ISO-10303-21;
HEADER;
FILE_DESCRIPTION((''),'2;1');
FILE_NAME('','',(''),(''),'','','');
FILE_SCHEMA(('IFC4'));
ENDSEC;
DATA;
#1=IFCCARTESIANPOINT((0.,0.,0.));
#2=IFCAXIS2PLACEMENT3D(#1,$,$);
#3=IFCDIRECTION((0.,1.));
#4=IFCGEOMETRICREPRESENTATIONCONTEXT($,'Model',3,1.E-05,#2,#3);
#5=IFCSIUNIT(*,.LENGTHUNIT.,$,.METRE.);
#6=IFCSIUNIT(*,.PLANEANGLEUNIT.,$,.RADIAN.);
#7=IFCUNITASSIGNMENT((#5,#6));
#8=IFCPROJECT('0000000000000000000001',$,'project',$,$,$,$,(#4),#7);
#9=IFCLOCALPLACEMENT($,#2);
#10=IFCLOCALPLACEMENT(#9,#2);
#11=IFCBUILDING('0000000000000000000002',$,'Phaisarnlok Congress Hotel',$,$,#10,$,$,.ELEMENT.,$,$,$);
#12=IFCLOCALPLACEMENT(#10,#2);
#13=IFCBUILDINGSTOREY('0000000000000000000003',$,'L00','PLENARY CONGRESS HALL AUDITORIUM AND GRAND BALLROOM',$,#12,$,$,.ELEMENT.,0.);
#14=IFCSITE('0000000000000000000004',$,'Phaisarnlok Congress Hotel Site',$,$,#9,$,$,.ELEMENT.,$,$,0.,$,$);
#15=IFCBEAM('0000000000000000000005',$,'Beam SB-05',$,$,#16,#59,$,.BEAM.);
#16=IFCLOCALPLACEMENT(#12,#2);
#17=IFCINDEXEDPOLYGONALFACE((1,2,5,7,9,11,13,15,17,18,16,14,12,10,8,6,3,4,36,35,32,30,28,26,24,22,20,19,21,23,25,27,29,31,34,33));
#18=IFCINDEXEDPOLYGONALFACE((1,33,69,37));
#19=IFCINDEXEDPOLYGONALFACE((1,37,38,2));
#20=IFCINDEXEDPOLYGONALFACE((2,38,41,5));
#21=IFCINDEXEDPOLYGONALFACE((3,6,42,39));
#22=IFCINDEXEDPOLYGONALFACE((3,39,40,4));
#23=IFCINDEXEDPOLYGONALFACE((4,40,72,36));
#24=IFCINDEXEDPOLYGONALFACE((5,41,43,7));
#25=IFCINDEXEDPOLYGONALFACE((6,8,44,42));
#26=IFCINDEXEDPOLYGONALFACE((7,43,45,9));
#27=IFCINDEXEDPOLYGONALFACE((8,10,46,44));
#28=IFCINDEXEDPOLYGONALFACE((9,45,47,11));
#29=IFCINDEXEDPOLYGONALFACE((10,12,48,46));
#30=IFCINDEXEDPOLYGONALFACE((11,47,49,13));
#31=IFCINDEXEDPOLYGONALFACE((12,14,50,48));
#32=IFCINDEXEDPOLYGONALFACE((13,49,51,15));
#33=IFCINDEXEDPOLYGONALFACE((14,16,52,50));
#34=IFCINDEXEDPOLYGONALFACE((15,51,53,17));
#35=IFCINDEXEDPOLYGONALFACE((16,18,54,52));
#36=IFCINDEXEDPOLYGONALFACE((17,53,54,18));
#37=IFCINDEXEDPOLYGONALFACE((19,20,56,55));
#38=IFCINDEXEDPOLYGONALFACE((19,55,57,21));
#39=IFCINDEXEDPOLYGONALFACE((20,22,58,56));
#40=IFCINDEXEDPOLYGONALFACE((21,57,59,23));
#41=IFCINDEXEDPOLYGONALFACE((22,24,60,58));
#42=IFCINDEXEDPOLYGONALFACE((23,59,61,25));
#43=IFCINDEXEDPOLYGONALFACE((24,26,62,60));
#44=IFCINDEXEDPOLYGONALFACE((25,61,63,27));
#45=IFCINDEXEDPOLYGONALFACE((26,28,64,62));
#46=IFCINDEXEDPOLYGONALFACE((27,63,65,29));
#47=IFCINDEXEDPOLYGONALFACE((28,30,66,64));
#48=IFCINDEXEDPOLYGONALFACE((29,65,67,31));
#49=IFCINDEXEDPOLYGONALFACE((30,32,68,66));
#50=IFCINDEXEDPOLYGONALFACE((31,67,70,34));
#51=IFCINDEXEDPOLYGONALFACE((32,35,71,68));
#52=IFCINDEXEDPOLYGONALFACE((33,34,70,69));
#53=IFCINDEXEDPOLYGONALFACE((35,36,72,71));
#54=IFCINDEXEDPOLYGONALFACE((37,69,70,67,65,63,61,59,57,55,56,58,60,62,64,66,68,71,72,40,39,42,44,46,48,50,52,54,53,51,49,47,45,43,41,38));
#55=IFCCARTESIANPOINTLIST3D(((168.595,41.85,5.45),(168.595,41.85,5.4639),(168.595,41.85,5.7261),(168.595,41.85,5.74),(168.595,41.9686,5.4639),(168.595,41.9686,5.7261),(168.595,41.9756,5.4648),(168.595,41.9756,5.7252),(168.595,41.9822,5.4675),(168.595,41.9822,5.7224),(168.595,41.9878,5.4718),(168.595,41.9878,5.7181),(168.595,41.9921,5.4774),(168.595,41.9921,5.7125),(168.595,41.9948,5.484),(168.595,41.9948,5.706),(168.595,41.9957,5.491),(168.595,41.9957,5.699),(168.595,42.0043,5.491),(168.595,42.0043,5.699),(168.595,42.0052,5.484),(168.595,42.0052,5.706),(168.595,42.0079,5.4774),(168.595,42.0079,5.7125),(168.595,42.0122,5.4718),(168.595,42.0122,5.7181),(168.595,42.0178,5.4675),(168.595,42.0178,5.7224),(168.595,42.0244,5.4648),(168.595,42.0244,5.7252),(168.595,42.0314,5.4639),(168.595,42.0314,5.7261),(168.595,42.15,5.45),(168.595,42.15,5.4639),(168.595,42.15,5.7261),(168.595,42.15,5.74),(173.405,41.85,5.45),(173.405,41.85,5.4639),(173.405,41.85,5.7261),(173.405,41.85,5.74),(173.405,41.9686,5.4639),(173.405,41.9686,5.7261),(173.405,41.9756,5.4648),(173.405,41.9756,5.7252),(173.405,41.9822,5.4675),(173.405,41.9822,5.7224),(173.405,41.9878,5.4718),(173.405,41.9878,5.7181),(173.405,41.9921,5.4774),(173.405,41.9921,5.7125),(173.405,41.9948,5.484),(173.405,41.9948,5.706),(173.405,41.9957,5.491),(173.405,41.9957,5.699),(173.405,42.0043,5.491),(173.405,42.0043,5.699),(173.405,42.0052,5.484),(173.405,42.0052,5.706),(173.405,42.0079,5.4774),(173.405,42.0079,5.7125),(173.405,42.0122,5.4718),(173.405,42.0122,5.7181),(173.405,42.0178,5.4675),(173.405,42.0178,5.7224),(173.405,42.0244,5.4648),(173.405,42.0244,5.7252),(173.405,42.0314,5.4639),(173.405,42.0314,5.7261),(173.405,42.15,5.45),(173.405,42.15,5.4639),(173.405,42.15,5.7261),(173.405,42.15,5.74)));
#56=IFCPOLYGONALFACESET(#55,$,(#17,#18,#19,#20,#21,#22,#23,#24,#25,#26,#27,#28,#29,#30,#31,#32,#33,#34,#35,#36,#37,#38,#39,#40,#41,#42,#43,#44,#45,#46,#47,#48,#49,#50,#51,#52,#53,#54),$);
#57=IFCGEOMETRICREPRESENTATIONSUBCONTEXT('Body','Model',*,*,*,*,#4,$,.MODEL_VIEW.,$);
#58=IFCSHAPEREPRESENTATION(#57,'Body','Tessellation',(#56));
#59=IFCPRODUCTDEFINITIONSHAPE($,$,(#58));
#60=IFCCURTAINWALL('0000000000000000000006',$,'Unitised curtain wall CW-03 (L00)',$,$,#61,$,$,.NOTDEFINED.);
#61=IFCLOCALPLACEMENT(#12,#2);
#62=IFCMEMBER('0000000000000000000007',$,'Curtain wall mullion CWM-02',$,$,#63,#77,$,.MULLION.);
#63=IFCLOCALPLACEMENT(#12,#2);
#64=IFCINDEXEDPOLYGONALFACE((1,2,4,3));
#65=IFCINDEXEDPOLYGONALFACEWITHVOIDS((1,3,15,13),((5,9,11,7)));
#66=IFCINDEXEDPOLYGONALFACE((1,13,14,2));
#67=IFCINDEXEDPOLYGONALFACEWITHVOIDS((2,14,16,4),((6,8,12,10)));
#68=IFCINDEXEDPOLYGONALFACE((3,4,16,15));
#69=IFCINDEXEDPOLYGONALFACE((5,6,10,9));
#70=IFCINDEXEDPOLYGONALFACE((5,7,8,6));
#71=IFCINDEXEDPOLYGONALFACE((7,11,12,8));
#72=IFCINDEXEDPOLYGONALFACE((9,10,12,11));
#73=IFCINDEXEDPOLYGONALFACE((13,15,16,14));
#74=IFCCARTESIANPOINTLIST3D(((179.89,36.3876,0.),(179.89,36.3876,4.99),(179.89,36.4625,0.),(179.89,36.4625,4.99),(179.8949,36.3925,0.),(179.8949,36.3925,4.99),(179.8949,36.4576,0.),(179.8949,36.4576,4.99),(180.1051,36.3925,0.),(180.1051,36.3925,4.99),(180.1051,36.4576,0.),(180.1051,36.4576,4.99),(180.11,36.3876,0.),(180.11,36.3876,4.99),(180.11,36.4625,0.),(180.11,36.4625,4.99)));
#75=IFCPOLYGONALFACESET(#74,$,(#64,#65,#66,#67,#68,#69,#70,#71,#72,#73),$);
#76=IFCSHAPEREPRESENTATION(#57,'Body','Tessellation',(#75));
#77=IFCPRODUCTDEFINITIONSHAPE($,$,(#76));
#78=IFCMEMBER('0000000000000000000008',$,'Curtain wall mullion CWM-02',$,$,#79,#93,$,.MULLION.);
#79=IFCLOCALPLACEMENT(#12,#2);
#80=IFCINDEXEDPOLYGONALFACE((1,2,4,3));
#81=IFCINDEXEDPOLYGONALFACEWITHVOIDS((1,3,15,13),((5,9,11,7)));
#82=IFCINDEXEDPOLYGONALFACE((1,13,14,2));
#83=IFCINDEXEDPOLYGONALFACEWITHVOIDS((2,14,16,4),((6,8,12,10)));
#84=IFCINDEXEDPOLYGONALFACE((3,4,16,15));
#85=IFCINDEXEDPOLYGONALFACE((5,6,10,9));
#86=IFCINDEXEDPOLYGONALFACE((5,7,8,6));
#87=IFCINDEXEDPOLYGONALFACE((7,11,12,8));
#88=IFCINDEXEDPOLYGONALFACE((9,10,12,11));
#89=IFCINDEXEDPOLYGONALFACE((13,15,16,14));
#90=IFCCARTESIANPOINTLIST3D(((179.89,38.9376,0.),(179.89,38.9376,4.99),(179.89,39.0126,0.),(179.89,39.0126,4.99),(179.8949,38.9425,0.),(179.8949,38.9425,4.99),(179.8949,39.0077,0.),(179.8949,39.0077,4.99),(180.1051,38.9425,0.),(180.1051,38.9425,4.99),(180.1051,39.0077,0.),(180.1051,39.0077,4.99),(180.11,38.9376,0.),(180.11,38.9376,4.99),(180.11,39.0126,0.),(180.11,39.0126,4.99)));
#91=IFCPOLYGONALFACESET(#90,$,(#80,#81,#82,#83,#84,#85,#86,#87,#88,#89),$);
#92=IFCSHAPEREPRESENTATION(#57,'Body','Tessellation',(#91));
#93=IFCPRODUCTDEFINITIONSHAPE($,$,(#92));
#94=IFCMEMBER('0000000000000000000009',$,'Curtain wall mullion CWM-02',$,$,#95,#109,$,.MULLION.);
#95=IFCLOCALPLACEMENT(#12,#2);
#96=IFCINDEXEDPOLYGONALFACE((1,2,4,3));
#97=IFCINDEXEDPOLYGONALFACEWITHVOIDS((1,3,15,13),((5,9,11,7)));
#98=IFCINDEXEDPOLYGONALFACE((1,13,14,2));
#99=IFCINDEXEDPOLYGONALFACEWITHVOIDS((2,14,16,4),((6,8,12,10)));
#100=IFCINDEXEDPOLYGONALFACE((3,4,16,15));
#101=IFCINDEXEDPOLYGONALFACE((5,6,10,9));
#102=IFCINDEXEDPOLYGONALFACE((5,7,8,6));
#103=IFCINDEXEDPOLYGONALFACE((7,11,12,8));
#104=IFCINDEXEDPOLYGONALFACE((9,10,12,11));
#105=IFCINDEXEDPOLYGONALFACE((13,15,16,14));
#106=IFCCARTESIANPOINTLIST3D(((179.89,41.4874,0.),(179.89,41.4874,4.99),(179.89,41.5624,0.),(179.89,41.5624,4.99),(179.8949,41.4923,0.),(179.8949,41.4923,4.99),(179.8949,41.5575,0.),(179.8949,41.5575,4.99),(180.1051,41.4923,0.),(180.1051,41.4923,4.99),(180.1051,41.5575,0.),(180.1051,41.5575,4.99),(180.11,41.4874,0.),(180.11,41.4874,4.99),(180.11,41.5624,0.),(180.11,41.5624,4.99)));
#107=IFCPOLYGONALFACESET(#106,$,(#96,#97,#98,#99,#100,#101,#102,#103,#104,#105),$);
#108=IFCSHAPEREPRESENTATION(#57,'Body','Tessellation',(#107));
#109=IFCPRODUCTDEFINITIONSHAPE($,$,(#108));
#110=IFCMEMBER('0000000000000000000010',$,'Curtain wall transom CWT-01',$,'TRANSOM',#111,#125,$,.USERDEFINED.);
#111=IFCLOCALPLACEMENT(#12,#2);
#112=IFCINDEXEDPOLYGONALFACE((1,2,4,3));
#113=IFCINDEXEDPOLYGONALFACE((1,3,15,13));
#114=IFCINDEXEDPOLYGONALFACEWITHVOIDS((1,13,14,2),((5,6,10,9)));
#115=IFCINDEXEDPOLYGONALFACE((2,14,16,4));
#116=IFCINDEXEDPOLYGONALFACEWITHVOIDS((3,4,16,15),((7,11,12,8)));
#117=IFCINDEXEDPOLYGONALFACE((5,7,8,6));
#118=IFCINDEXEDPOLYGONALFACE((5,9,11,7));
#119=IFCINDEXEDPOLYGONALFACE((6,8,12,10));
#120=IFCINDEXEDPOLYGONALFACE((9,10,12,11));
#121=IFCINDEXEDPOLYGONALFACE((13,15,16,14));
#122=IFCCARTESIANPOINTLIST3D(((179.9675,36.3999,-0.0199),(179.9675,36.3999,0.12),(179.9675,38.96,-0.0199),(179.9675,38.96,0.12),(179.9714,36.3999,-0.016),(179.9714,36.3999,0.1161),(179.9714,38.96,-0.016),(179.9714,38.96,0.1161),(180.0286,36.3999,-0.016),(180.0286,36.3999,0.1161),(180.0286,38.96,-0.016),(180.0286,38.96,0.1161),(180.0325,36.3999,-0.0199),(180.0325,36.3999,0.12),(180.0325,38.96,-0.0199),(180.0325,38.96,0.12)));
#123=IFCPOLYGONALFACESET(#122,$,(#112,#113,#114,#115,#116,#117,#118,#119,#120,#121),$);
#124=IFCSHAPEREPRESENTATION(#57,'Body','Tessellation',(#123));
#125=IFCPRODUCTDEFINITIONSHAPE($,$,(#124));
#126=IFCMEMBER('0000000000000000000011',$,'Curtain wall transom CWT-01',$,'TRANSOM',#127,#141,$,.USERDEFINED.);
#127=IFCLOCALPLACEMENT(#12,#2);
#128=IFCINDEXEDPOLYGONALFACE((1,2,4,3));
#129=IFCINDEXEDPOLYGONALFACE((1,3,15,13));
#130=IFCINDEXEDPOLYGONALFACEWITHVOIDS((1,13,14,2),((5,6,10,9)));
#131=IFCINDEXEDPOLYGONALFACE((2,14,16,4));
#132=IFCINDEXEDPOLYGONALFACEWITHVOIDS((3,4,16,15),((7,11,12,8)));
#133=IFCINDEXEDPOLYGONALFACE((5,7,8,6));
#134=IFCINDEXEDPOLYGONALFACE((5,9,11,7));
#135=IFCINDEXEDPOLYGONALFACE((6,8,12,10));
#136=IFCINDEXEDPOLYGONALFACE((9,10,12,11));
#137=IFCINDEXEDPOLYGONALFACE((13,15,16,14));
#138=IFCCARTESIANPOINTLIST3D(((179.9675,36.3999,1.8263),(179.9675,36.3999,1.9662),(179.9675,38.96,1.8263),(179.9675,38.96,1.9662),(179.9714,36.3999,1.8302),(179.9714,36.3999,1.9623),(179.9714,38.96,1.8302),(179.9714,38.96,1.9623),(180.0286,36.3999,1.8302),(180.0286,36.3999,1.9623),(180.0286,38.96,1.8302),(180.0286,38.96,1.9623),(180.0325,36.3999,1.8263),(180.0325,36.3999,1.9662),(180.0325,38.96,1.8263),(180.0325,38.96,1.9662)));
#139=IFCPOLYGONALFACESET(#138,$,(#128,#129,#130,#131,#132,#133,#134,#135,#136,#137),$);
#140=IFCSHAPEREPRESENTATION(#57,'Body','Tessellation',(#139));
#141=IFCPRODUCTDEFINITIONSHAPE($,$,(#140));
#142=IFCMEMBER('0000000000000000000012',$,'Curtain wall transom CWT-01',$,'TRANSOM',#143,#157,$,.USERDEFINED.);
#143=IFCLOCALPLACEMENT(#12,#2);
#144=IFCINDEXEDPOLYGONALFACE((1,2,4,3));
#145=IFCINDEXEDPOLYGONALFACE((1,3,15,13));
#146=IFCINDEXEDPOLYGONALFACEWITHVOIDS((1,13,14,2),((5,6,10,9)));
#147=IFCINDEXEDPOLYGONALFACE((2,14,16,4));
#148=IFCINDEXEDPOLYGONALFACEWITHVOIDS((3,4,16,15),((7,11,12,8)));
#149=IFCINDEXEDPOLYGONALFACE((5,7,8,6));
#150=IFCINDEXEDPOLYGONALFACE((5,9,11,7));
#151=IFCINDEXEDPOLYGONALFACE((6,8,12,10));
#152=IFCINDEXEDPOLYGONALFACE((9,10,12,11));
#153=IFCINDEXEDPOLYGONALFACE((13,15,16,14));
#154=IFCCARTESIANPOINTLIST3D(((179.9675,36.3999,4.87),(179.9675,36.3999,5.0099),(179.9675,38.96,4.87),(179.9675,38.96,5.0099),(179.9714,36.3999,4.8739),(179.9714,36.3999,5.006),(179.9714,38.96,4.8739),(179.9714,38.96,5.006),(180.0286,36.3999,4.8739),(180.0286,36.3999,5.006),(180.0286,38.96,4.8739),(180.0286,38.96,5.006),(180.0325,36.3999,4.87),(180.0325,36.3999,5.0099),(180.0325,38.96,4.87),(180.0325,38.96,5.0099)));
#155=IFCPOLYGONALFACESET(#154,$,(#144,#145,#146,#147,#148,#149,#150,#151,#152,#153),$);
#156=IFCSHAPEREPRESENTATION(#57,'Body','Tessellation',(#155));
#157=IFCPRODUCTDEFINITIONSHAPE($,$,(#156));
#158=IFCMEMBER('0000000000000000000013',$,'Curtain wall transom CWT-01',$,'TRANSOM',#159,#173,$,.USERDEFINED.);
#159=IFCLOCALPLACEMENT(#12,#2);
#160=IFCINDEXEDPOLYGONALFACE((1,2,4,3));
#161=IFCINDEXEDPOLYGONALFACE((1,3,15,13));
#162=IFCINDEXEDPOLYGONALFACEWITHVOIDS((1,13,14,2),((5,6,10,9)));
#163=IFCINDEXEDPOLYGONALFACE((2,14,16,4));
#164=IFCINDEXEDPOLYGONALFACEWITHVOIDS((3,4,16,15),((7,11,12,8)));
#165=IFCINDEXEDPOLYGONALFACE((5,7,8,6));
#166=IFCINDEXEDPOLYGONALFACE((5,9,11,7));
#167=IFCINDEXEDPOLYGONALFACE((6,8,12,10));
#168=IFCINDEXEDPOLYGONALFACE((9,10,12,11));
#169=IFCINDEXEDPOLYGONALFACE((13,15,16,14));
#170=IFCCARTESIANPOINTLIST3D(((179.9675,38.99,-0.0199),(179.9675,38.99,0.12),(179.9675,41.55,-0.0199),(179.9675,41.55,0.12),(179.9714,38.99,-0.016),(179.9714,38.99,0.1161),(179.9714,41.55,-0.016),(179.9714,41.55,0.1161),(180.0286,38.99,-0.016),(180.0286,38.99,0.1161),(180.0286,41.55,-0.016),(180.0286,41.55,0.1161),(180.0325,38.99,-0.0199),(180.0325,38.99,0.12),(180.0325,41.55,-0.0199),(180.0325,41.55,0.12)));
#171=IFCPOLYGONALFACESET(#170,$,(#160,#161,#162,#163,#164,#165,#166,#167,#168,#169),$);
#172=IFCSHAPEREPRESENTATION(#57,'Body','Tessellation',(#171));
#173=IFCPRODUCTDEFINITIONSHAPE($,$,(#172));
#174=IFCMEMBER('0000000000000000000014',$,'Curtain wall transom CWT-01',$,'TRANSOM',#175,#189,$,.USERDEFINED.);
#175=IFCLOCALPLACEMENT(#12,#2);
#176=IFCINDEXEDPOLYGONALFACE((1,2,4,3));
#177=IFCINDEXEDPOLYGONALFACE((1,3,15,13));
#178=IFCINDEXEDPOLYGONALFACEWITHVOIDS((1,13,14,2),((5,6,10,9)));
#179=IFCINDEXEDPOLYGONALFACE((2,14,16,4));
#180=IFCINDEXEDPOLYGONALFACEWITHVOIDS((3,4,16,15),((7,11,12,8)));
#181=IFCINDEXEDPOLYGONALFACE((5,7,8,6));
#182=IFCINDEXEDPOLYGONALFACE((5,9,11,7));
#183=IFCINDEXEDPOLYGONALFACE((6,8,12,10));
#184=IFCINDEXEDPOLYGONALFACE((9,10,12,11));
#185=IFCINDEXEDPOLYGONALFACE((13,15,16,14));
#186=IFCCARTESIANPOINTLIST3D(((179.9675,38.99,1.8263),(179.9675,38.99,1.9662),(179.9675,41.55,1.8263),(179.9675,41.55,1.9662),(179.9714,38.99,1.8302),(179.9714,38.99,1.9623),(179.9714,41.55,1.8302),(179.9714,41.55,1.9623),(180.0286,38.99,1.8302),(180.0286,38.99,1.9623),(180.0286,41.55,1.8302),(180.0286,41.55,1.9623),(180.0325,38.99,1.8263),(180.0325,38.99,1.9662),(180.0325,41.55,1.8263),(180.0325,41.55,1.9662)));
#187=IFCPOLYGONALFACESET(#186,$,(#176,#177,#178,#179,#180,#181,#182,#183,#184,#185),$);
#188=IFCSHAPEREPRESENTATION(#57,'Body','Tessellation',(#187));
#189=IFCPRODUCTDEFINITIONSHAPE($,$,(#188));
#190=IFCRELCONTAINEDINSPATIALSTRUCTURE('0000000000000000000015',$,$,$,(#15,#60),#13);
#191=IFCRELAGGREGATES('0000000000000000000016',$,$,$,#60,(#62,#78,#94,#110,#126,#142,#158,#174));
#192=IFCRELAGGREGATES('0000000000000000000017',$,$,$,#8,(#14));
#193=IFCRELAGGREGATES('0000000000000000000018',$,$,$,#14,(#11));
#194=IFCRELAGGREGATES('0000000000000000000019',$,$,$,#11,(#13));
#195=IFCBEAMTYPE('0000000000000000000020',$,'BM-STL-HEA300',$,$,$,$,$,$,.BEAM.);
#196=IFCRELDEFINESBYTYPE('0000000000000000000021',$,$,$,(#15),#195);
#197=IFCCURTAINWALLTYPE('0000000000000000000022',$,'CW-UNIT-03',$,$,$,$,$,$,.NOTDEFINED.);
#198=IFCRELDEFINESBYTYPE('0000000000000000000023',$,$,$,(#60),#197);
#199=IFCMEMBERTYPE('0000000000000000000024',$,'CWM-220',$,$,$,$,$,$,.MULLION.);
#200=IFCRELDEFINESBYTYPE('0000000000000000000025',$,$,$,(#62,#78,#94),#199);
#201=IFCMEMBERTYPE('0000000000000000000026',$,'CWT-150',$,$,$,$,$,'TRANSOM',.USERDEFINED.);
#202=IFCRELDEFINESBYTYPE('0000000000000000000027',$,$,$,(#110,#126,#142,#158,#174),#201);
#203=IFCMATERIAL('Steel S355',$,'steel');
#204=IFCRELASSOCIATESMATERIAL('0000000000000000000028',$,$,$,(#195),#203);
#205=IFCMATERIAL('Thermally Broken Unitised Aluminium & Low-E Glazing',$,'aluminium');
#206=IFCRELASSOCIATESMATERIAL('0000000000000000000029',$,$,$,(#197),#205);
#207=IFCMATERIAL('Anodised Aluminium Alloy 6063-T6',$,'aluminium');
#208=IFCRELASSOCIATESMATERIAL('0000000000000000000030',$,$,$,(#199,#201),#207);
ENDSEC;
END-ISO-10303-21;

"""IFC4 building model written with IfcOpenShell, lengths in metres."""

from ifc_helpers import new_model, si_unit, direction, frame, origin, origin_2d, place, context, subcontext, project, spatial, hollow_rectangle, i_section, extrude, material, material_profile, profile_set, type_object, element, aggregate, save


model = new_model("IFC4")

# Units and contexts
model_context = context("Model", 3, precision=1e-05, world=origin(), true_north=direction((0.0, 1.0)))
body_context = subcontext(model_context, "Body", "Model", "MODEL_VIEW")
ifc_project = project(units=[si_unit("LENGTHUNIT", "METRE"), si_unit("PLANEANGLEUNIT", "RADIAN")], contexts=[model_context])

# Site, building, storey
site_placement = place(None, origin())
site = spatial("IfcSite", under=ifc_project, at=site_placement, Name="Phaisarnlok Congress Hotel Site", CompositionType="ELEMENT", RefElevation=0.0)
building_placement = place(site_placement, origin())
building = spatial("IfcBuilding", under=site, at=building_placement, Name="Phaisarnlok Congress Hotel", CompositionType="ELEMENT")
storey_placement = place(building_placement, origin())
storey = spatial("IfcBuildingStorey", under=building, at=storey_placement, Name="L00", Description="PLENARY CONGRESS HALL AUDITORIUM AND GRAND BALLROOM", CompositionType="ELEMENT", Elevation=0.0)

# Beam
ifc_material_1 = material(Name="Steel S355", Category="steel")
ifc_material_profile_1 = material_profile(ifc_material_1, i_section(OverallWidth=0.3, OverallDepth=0.29, WebThickness=0.0085, FlangeThickness=0.0139, FilletRadius=0.0271, at=origin_2d()), Name="HEA 300")
ifc_profile_set_1 = profile_set([ifc_material_profile_1], Name="Steel S355")
beam_type_1 = type_object("IfcBeamType", Name="BM-STL-HEA300", PredefinedType="BEAM", material=ifc_profile_set_1)
beam_1_placement = place(storey_placement, frame((168.595, 42.0, 5.595), z_axis=(1.0, 0.0, 0.0), x_axis=(0.0, 1.0, 0.0)))
element("IfcBeam", 1, at=beam_1_placement, inside=storey, type_object=beam_type_1, Name="Beam SB-05", PredefinedType="BEAM", context=body_context, shape_type="SweptSolid", body=[
    extrude(i_section(OverallWidth=0.3, OverallDepth=0.29, WebThickness=0.0085, FlangeThickness=0.0139, FilletRadius=0.0271, at=origin_2d()), origin(), (0.0, 0.0, 1.0), 4.8101),
])

# Curtain wall, members
ifc_material_2 = material(Name="Thermally Broken Unitised Aluminium & Low-E Glazing", Category="aluminium")
curtain_wall_type = type_object("IfcCurtainWallType", Name="CW-UNIT-03", PredefinedType="NOTDEFINED", material=ifc_material_2)
curtain_wall_placement = place(storey_placement, origin())
curtain_wall = element("IfcCurtainWall", 2, at=curtain_wall_placement, inside=storey, type_object=curtain_wall_type, Name="Unitised curtain wall CW-03 (L00)", PredefinedType="NOTDEFINED")
ifc_material_3 = material(Name="Anodised Aluminium Alloy 6063-T6", Category="aluminium")
ifc_material_profile_2 = material_profile(ifc_material_3, hollow_rectangle(XDim=0.075, YDim=0.22, WallThickness=0.0049, at=origin_2d()), Name="ALU-M 75x220x5")
ifc_profile_set_2 = profile_set([ifc_material_profile_2], Name="Anodised Aluminium Alloy 6063-T6")
member_type_1 = type_object("IfcMemberType", Name="CWM-220", PredefinedType="MULLION", material=ifc_profile_set_2)
member_1_placement = place(storey_placement, frame((180.0, 36.425, 0.0), z_axis=(0.0, 0.0, 1.0), x_axis=(0.0, 1.0, 0.0)))
member_1 = element("IfcMember", 3, at=member_1_placement, type_object=member_type_1, Name="Curtain wall mullion CWM-02", PredefinedType="MULLION", context=body_context, shape_type="SweptSolid", body=[
    extrude(hollow_rectangle(XDim=0.075, YDim=0.22, WallThickness=0.0049, at=origin_2d()), origin(), (0.0, 0.0, 1.0), 4.99),
])
member_2_placement = place(storey_placement, frame((180.0, 38.9751, 0.0), z_axis=(0.0, 0.0, 1.0), x_axis=(0.0, 1.0, 0.0)))
member_2 = element("IfcMember", 4, at=member_2_placement, type_object=member_type_1, Name="Curtain wall mullion CWM-02", PredefinedType="MULLION", context=body_context, shape_type="SweptSolid", body=[
    extrude(hollow_rectangle(XDim=0.075, YDim=0.22, WallThickness=0.0049, at=origin_2d()), origin(), (0.0, 0.0, 1.0), 4.99),
])
member_3_placement = place(storey_placement, frame((180.0, 41.5249, 0.0), z_axis=(0.0, 0.0, 1.0), x_axis=(0.0, 1.0, 0.0)))
member_3 = element("IfcMember", 5, at=member_3_placement, type_object=member_type_1, Name="Curtain wall mullion CWM-02", PredefinedType="MULLION", context=body_context, shape_type="SweptSolid", body=[
    extrude(hollow_rectangle(XDim=0.075, YDim=0.22, WallThickness=0.0049, at=origin_2d()), origin(), (0.0, 0.0, 1.0), 4.99),
])
ifc_material_profile_3 = material_profile(ifc_material_3, hollow_rectangle(XDim=0.0649, YDim=0.1399, WallThickness=0.0039, at=origin_2d()), Name="ALU-T 65x140x4")
ifc_profile_set_3 = profile_set([ifc_material_profile_3], Name="Anodised Aluminium Alloy 6063-T6")
member_type_2 = type_object("IfcMemberType", Name="CWT-150", ElementType="TRANSOM", PredefinedType="USERDEFINED", material=ifc_profile_set_3)
member_4_placement = place(storey_placement, frame((180.0, 36.3999, 0.05), z_axis=(0.0, 1.0, 0.0), x_axis=(-1.0, 0.0, 0.0)))
member_4 = element("IfcMember", 6, at=member_4_placement, type_object=member_type_2, Name="Curtain wall transom CWT-01", ObjectType="TRANSOM", PredefinedType="USERDEFINED", context=body_context, shape_type="SweptSolid", body=[
    extrude(hollow_rectangle(XDim=0.0649, YDim=0.1399, WallThickness=0.0039, at=origin_2d()), origin(), (0.0, 0.0, 1.0), 2.5601),
])
member_5_placement = place(storey_placement, frame((180.0, 36.3999, 1.8962), z_axis=(0.0, 1.0, 0.0), x_axis=(-1.0, 0.0, 0.0)))
member_5 = element("IfcMember", 7, at=member_5_placement, type_object=member_type_2, Name="Curtain wall transom CWT-01", ObjectType="TRANSOM", PredefinedType="USERDEFINED", context=body_context, shape_type="SweptSolid", body=[
    extrude(hollow_rectangle(XDim=0.0649, YDim=0.1399, WallThickness=0.0039, at=origin_2d()), origin(), (0.0, 0.0, 1.0), 2.5601),
])
member_6_placement = place(storey_placement, frame((180.0, 36.3999, 4.9399), z_axis=(0.0, 1.0, 0.0), x_axis=(-1.0, 0.0, 0.0)))
member_6 = element("IfcMember", 8, at=member_6_placement, type_object=member_type_2, Name="Curtain wall transom CWT-01", ObjectType="TRANSOM", PredefinedType="USERDEFINED", context=body_context, shape_type="SweptSolid", body=[
    extrude(hollow_rectangle(XDim=0.0649, YDim=0.1399, WallThickness=0.0039, at=origin_2d()), origin(), (0.0, 0.0, 1.0), 2.5601),
])
member_7_placement = place(storey_placement, frame((180.0, 38.99, 0.05), z_axis=(0.0, 1.0, 0.0), x_axis=(-1.0, 0.0, 0.0)))
member_7 = element("IfcMember", 9, at=member_7_placement, type_object=member_type_2, Name="Curtain wall transom CWT-01", ObjectType="TRANSOM", PredefinedType="USERDEFINED", context=body_context, shape_type="SweptSolid", body=[
    extrude(hollow_rectangle(XDim=0.0649, YDim=0.1399, WallThickness=0.0039, at=origin_2d()), origin(), (0.0, 0.0, 1.0), 2.5601),
])
member_8_placement = place(storey_placement, frame((180.0, 38.99, 1.8962), z_axis=(0.0, 1.0, 0.0), x_axis=(-1.0, 0.0, 0.0)))
member_8 = element("IfcMember", 10, at=member_8_placement, type_object=member_type_2, Name="Curtain wall transom CWT-01", ObjectType="TRANSOM", PredefinedType="USERDEFINED", context=body_context, shape_type="SweptSolid", body=[
    extrude(hollow_rectangle(XDim=0.0649, YDim=0.1399, WallThickness=0.0039, at=origin_2d()), origin(), (0.0, 0.0, 1.0), 2.5601),
])

aggregate(curtain_wall, [member_1, member_2, member_3, member_4, member_5, member_6, member_7, member_8])

save(model, "model.ifc")
